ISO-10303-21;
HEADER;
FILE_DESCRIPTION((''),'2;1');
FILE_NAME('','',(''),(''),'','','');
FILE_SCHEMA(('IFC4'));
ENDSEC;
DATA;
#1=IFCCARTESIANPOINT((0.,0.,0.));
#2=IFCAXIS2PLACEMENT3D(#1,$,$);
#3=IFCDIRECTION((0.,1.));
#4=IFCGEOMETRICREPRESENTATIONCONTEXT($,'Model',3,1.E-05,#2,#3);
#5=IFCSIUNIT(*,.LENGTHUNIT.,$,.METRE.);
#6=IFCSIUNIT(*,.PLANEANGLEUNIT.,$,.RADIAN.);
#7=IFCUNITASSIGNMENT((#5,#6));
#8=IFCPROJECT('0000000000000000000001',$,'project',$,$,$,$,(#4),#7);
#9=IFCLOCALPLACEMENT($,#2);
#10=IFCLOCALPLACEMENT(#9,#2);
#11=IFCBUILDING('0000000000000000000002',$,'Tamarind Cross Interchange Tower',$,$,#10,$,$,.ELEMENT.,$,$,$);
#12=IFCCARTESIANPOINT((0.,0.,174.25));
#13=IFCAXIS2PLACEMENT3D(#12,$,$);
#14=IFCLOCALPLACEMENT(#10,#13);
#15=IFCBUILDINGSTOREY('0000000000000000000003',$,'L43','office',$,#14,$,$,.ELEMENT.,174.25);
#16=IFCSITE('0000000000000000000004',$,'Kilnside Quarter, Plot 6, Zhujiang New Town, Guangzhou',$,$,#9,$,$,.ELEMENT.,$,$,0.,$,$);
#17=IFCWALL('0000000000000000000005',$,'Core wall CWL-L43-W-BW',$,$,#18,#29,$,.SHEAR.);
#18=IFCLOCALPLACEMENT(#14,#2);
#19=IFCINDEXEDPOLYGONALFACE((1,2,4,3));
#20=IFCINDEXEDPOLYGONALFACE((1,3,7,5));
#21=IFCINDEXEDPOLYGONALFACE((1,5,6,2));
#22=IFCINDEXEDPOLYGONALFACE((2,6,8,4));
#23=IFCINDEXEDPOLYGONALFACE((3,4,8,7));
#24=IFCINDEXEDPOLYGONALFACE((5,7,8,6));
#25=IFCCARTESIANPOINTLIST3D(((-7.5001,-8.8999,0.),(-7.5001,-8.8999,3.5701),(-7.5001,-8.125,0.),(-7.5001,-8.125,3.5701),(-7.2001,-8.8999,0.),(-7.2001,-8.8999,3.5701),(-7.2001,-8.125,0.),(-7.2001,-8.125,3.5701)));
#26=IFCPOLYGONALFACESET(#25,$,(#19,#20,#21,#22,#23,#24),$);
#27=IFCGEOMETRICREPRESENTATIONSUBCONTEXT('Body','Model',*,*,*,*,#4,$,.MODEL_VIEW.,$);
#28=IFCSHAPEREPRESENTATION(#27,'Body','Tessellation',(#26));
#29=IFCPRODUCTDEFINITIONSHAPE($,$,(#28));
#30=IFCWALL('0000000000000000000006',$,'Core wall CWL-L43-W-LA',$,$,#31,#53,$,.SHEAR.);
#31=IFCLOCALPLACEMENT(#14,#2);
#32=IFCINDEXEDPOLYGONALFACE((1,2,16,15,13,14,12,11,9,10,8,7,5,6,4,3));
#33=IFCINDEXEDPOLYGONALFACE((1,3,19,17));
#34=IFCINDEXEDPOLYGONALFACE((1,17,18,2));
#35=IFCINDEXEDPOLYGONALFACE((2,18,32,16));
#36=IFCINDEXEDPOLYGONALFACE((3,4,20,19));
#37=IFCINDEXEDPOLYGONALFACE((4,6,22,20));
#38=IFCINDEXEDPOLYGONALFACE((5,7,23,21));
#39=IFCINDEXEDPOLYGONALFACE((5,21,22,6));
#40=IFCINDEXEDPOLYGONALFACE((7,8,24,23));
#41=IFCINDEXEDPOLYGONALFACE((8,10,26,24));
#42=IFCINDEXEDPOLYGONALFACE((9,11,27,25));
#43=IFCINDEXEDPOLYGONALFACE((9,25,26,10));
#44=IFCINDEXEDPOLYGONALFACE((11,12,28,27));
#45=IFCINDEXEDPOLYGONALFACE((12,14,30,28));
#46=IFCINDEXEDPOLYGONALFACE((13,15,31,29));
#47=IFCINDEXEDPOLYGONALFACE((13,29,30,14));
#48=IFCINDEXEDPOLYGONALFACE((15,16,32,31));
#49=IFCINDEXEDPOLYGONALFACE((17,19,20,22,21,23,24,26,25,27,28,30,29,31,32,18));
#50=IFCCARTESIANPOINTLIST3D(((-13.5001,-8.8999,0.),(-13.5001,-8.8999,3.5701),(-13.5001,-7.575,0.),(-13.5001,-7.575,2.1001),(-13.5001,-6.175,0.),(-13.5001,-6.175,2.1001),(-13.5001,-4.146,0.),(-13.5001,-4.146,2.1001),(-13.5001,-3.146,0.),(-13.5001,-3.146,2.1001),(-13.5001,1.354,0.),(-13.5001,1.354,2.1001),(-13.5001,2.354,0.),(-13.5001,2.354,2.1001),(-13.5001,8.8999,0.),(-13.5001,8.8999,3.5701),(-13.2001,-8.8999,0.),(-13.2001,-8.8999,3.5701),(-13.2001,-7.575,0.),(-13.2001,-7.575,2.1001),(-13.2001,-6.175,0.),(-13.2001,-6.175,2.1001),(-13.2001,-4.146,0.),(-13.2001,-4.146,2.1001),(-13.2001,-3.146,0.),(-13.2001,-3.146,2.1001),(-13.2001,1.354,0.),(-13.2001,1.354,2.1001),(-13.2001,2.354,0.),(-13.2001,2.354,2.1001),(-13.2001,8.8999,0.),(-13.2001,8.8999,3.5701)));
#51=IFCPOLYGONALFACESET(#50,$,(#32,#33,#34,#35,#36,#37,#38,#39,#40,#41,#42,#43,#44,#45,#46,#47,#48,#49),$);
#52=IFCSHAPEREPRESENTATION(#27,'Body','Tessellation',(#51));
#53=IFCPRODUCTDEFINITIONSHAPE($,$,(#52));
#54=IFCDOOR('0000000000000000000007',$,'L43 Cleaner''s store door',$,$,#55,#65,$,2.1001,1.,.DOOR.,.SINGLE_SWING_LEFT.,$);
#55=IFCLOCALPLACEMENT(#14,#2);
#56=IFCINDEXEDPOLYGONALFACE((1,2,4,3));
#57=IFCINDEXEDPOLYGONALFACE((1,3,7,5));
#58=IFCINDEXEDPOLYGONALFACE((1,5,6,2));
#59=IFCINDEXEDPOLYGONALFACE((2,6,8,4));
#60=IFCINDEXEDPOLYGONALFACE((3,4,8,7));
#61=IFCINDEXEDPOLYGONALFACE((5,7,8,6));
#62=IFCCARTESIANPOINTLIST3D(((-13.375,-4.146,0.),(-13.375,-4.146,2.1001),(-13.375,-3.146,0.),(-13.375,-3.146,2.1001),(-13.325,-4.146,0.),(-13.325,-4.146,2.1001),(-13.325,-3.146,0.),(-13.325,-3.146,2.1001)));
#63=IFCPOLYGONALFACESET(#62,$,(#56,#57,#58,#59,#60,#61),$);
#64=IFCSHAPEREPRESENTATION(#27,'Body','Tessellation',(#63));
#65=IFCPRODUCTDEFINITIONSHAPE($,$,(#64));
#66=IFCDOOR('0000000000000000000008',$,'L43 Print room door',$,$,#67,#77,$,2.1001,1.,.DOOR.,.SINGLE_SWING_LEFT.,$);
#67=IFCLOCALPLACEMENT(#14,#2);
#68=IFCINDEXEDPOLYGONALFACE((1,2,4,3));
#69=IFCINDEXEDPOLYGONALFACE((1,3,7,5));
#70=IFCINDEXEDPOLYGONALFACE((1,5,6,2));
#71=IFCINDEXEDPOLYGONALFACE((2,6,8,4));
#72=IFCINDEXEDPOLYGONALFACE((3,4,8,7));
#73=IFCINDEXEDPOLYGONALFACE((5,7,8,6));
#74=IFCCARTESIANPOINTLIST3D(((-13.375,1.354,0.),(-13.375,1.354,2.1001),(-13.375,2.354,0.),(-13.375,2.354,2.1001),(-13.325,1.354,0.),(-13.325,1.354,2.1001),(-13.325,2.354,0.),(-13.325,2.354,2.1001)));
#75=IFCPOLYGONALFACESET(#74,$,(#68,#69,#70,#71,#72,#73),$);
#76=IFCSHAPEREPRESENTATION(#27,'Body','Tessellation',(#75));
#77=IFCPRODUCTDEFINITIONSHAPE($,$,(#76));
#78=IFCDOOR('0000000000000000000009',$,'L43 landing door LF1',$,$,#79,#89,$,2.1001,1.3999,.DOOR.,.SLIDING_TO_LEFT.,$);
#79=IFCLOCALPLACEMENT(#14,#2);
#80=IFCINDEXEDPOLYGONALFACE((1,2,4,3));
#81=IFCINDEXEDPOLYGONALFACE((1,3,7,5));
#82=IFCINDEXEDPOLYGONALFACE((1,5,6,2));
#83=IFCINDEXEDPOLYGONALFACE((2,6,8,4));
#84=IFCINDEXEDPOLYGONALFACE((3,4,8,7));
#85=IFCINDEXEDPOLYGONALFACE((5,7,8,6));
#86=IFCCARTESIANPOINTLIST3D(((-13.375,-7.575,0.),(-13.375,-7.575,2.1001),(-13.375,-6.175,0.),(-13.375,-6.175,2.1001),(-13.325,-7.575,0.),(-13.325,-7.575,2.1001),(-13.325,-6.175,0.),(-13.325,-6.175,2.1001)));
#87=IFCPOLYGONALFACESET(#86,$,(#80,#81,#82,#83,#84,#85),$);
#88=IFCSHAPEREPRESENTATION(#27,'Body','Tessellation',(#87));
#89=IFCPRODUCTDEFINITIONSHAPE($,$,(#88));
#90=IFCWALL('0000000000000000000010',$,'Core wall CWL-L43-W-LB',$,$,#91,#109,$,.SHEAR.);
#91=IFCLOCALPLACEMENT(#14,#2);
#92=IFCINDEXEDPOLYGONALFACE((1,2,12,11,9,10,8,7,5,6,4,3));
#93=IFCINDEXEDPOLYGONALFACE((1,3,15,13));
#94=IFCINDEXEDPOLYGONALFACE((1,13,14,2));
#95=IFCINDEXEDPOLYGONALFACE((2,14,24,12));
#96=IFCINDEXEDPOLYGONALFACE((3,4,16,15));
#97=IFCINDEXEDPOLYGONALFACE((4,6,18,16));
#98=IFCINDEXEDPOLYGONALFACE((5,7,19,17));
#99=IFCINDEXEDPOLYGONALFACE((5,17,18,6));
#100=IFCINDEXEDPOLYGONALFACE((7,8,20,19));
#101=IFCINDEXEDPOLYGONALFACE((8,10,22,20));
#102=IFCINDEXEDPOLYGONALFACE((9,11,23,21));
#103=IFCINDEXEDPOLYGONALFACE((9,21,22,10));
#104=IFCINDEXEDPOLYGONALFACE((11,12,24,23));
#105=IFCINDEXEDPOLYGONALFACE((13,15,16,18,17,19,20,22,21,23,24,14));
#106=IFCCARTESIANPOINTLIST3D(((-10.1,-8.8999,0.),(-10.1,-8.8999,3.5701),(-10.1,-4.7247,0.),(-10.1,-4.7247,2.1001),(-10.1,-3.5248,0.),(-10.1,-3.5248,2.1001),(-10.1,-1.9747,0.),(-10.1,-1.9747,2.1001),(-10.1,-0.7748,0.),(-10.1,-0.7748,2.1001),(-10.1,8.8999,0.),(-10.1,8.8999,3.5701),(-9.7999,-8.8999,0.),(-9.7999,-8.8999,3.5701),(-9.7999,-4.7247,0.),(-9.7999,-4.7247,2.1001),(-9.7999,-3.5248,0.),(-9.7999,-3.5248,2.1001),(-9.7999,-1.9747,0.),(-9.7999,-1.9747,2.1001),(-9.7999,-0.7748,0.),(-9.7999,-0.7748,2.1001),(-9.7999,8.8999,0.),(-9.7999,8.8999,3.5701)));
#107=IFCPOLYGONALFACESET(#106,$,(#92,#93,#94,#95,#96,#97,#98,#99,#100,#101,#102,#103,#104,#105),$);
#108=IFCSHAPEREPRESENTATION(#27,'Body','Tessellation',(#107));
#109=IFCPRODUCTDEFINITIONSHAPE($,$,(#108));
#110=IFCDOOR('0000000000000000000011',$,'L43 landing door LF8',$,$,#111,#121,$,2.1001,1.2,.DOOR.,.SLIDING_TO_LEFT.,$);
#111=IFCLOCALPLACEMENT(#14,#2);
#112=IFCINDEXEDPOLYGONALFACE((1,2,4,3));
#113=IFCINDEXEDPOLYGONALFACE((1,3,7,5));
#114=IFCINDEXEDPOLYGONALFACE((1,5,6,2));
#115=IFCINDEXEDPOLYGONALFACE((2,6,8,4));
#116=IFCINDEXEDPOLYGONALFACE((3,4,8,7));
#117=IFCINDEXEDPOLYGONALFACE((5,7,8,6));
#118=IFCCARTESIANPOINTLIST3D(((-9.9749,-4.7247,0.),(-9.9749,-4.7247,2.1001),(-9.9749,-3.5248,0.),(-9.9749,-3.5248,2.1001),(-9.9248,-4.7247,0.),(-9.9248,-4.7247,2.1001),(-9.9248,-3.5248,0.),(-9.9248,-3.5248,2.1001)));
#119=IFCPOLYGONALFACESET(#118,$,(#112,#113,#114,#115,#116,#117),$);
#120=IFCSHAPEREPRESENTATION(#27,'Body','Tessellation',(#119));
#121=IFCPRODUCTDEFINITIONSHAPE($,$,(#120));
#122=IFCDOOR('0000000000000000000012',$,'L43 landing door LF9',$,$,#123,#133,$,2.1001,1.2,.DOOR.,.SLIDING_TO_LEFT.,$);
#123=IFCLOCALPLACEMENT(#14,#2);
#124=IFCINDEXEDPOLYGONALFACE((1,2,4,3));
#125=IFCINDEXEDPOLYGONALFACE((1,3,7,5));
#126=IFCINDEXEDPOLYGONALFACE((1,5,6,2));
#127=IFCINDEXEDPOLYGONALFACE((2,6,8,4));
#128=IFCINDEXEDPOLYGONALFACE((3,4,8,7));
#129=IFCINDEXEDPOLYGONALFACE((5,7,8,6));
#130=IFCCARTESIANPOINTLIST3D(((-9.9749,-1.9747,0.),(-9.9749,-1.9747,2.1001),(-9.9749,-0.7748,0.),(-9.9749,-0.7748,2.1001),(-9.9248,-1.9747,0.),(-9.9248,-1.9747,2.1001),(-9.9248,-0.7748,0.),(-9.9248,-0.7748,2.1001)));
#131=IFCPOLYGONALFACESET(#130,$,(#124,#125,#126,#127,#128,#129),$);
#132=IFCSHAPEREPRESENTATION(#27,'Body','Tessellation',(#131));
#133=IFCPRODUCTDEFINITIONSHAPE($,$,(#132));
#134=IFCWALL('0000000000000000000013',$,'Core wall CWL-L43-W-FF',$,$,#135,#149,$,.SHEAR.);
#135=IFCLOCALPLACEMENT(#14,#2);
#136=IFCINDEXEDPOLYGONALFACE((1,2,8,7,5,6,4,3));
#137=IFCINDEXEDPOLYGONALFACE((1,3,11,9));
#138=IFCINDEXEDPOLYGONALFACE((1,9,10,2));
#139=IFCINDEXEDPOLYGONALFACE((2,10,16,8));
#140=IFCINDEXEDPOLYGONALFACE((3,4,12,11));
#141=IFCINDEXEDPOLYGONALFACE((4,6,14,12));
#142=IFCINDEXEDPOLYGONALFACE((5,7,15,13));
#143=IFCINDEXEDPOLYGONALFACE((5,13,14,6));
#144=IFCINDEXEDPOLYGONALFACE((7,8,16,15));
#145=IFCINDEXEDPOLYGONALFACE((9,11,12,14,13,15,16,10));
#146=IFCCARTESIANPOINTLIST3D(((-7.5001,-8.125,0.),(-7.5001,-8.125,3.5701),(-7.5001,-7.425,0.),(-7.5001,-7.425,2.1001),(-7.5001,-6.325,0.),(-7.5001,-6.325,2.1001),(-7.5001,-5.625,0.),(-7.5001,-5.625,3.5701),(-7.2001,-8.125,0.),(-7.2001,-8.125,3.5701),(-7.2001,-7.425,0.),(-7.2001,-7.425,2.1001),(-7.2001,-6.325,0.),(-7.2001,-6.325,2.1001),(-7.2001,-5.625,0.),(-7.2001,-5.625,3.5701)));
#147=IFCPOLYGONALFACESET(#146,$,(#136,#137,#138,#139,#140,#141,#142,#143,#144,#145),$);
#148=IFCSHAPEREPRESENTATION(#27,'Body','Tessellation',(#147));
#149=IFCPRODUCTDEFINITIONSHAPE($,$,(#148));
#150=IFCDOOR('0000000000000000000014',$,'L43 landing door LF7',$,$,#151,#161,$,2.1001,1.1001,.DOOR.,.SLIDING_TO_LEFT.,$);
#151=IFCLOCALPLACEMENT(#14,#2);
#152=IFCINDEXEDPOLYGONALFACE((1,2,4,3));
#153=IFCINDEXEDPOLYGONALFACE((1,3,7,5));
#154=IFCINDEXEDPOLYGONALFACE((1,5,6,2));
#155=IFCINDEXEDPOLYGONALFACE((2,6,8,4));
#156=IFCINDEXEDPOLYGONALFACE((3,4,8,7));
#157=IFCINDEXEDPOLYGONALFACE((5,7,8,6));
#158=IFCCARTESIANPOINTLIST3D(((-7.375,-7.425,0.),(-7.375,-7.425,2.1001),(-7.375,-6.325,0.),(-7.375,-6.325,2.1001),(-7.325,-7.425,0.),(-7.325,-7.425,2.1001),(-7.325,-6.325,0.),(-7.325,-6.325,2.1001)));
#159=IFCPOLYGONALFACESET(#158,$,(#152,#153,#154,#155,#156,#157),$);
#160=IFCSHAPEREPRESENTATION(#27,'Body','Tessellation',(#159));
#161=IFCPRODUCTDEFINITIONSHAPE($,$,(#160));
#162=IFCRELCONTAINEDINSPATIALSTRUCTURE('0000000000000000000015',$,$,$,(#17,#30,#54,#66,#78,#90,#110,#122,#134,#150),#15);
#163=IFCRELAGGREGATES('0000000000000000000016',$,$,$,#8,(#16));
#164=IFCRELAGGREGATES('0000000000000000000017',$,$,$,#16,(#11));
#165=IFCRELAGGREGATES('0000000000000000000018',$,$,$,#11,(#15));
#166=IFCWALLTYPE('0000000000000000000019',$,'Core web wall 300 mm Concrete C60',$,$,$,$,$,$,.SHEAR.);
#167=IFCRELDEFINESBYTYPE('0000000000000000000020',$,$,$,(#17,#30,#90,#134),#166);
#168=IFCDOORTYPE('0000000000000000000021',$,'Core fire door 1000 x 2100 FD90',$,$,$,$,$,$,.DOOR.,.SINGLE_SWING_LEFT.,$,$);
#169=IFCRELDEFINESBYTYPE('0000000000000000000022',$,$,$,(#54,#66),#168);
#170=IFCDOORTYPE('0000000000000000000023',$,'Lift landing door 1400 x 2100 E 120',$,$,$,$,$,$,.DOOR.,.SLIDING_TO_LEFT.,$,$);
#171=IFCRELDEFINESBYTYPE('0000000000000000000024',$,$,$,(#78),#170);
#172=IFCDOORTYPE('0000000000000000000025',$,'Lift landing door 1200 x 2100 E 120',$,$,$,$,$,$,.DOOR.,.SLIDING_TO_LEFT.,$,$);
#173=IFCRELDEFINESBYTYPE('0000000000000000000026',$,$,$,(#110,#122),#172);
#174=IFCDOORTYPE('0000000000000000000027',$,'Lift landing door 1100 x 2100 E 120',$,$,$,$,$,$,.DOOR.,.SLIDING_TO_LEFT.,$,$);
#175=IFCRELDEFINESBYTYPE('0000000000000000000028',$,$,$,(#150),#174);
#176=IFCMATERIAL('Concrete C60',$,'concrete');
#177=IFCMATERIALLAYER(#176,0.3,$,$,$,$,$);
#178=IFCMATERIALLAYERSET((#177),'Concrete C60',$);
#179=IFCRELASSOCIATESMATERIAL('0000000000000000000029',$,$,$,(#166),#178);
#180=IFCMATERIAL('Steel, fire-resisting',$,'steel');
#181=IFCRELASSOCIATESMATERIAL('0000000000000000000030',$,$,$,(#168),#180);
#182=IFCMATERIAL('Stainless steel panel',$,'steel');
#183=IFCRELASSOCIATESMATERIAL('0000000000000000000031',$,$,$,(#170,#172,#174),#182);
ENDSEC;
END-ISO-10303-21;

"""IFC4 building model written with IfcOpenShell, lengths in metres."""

from ifc_helpers import new_model, si_unit, direction, frame, frame_2d, origin, place, context, subcontext, project, spatial, rectangle, extrude, material, layer, layer_set, type_object, element, fill, save


model = new_model("IFC4")

# Units and contexts
model_context = context("Model", 3, precision=1e-05, world=origin(), true_north=direction((0.0, 1.0)))
body_context = subcontext(model_context, "Body", "Model", "MODEL_VIEW")
ifc_project = project(units=[si_unit("LENGTHUNIT", "METRE"), si_unit("PLANEANGLEUNIT", "RADIAN")], contexts=[model_context])

# Site, building, storey
site_placement = place(None, origin())
site = spatial("IfcSite", under=ifc_project, at=site_placement, Name="Kilnside Quarter, Plot 6, Zhujiang New Town, Guangzhou", CompositionType="ELEMENT", RefElevation=0.0)
building_placement = place(site_placement, origin())
building = spatial("IfcBuilding", under=site, at=building_placement, Name="Tamarind Cross Interchange Tower", CompositionType="ELEMENT")
storey_placement = place(building_placement, frame((0.0, 0.0, 174.25)))
storey = spatial("IfcBuildingStorey", under=building, at=storey_placement, Name="L43", Description="office", CompositionType="ELEMENT", Elevation=174.25)

# Wall
ifc_material_1 = material(Name="Concrete C60", Category="concrete")
ifc_layer_1 = layer(ifc_material_1, 0.3)
ifc_layer_set_1 = layer_set([ifc_layer_1], Name="Concrete C60")
wall_type_1 = type_object("IfcWallType", Name="Core web wall 300 mm Concrete C60", PredefinedType="SHEAR", material=ifc_layer_set_1)
wall_1_placement = place(storey_placement, frame((-7.3501, -8.8999, 0.0), z_axis=(0.0, 0.0, 1.0), x_axis=(0.0, 1.0, 0.0)))
element("IfcWall", 1, at=wall_1_placement, inside=storey, type_object=wall_type_1, Name="Core wall CWL-L43-W-BW", PredefinedType="SHEAR", context=body_context, shape_type="SweptSolid", body=[
    extrude(rectangle(XDim=0.7749, YDim=0.3, at=frame_2d((0.3875, 0.0))), origin(), (0.0, 0.0, 1.0), 3.5701),
])

# Walls, openings, doors
wall_2_placement = place(storey_placement, frame((-13.3501, -8.8999, 0.0), z_axis=(0.0, 0.0, 1.0), x_axis=(0.0, 1.0, 0.0)))
wall_2 = element("IfcWall", 2, at=wall_2_placement, inside=storey, type_object=wall_type_1, Name="Core wall CWL-L43-W-LA", PredefinedType="SHEAR", context=body_context, shape_type="SweptSolid", body=[
    extrude(rectangle(XDim=17.7998, YDim=0.3, at=frame_2d((8.8999, 0.0))), origin(), (0.0, 0.0, 1.0), 3.5701),
])
opening_1_placement = place(wall_2_placement, frame((1.325, 0.0, 0.0)))
opening_1 = element("IfcOpeningElement", 3, at=opening_1_placement, cuts=wall_2, PredefinedType="OPENING", context=body_context, shape_type="SweptSolid", body=[
    extrude(rectangle(XDim=1.3999, YDim=2.1001, at=frame_2d((0.7, 1.05))), frame((0.0, 0.1599, 0.0), z_axis=(0.0, -1.0, 0.0), x_axis=(1.0, 0.0, 0.0)), (0.0, 0.0, 1.0), 0.3201),
])
opening_2_placement = place(wall_2_placement, frame((4.7539, 0.0, 0.0)))
opening_2 = element("IfcOpeningElement", 4, at=opening_2_placement, cuts=wall_2, PredefinedType="OPENING", context=body_context, shape_type="SweptSolid", body=[
    extrude(rectangle(XDim=1.0, YDim=2.1001, at=frame_2d((0.5, 1.05))), frame((0.0, 0.1599, 0.0), z_axis=(0.0, -1.0, 0.0), x_axis=(1.0, 0.0, 0.0)), (0.0, 0.0, 1.0), 0.3201),
])
opening_3_placement = place(wall_2_placement, frame((10.2539, 0.0, 0.0)))
opening_3 = element("IfcOpeningElement", 5, at=opening_3_placement, cuts=wall_2, PredefinedType="OPENING", context=body_context, shape_type="SweptSolid", body=[
    extrude(rectangle(XDim=1.0, YDim=2.1001, at=frame_2d((0.5, 1.05))), frame((0.0, 0.1599, 0.0), z_axis=(0.0, -1.0, 0.0), x_axis=(1.0, 0.0, 0.0)), (0.0, 0.0, 1.0), 0.3201),
])
ifc_material_2 = material(Name="Steel, fire-resisting", Category="steel")
door_type_1 = type_object("IfcDoorType", Name="Core fire door 1000 x 2100 FD90", OperationType="SINGLE_SWING_LEFT", PredefinedType="DOOR", material=ifc_material_2)
door_1_placement = place(opening_2_placement, origin())
door_1 = element("IfcDoor", 6, at=door_1_placement, inside=storey, type_object=door_type_1, Name="L43 Cleaner's store door", OperationType="SINGLE_SWING_LEFT", OverallHeight=2.1001, OverallWidth=1.0, PredefinedType="DOOR", context=body_context, shape_type="SweptSolid", body=[
    extrude(rectangle(XDim=1.0, YDim=2.1001, at=frame_2d((0.5, 1.05))), frame((0.0, 0.0249, 0.0), z_axis=(0.0, -1.0, 0.0), x_axis=(1.0, 0.0, 0.0)), (0.0, 0.0, 1.0), 0.05),
])
fill(opening_2, door_1)
door_2_placement = place(opening_3_placement, origin())
door_2 = element("IfcDoor", 7, at=door_2_placement, inside=storey, type_object=door_type_1, Name="L43 Print room door", OperationType="SINGLE_SWING_LEFT", OverallHeight=2.1001, OverallWidth=1.0, PredefinedType="DOOR", context=body_context, shape_type="SweptSolid", body=[
    extrude(rectangle(XDim=1.0, YDim=2.1001, at=frame_2d((0.5, 1.05))), frame((0.0, 0.0249, 0.0), z_axis=(0.0, -1.0, 0.0), x_axis=(1.0, 0.0, 0.0)), (0.0, 0.0, 1.0), 0.05),
])
fill(opening_3, door_2)
ifc_material_3 = material(Name="Stainless steel panel", Category="steel")
door_type_2 = type_object("IfcDoorType", Name="Lift landing door 1400 x 2100 E 120", OperationType="SLIDING_TO_LEFT", PredefinedType="DOOR", material=ifc_material_3)
door_3_placement = place(opening_1_placement, origin())
door_3 = element("IfcDoor", 8, at=door_3_placement, inside=storey, type_object=door_type_2, Name="L43 landing door LF1", OperationType="SLIDING_TO_LEFT", OverallHeight=2.1001, OverallWidth=1.3999, PredefinedType="DOOR", context=body_context, shape_type="SweptSolid", body=[
    extrude(rectangle(XDim=1.3999, YDim=2.1001, at=frame_2d((0.7, 1.05))), frame((0.0, 0.0249, 0.0), z_axis=(0.0, -1.0, 0.0), x_axis=(1.0, 0.0, 0.0)), (0.0, 0.0, 1.0), 0.05),
])
fill(opening_1, door_3)
wall_3_placement = place(storey_placement, frame((-9.95, -8.8999, 0.0), z_axis=(0.0, 0.0, 1.0), x_axis=(0.0, 1.0, 0.0)))
wall_3 = element("IfcWall", 9, at=wall_3_placement, inside=storey, type_object=wall_type_1, Name="Core wall CWL-L43-W-LB", PredefinedType="SHEAR", context=body_context, shape_type="SweptSolid", body=[
    extrude(rectangle(XDim=17.7998, YDim=0.3, at=frame_2d((8.8999, 0.0))), origin(), (0.0, 0.0, 1.0), 3.5701),
])
opening_4_placement = place(wall_3_placement, frame((4.175, 0.0, 0.0)))
opening_4 = element("IfcOpeningElement", 10, at=opening_4_placement, cuts=wall_3, PredefinedType="OPENING", context=body_context, shape_type="SweptSolid", body=[
    extrude(rectangle(XDim=1.2, YDim=2.1001, at=frame_2d((0.6001, 1.05))), frame((0.0, 0.1599, 0.0), z_axis=(0.0, -1.0, 0.0), x_axis=(1.0, 0.0, 0.0)), (0.0, 0.0, 1.0), 0.3201),
])
opening_5_placement = place(wall_3_placement, frame((6.925, 0.0, 0.0)))
opening_5 = element("IfcOpeningElement", 11, at=opening_5_placement, cuts=wall_3, PredefinedType="OPENING", context=body_context, shape_type="SweptSolid", body=[
    extrude(rectangle(XDim=1.2, YDim=2.1001, at=frame_2d((0.6001, 1.05))), frame((0.0, 0.1599, 0.0), z_axis=(0.0, -1.0, 0.0), x_axis=(1.0, 0.0, 0.0)), (0.0, 0.0, 1.0), 0.3201),
])
door_type_3 = type_object("IfcDoorType", Name="Lift landing door 1200 x 2100 E 120", OperationType="SLIDING_TO_LEFT", PredefinedType="DOOR", material=ifc_material_3)
door_4_placement = place(opening_4_placement, origin())
door_4 = element("IfcDoor", 12, at=door_4_placement, inside=storey, type_object=door_type_3, Name="L43 landing door LF8", OperationType="SLIDING_TO_LEFT", OverallHeight=2.1001, OverallWidth=1.2, PredefinedType="DOOR", context=body_context, shape_type="SweptSolid", body=[
    extrude(rectangle(XDim=1.2, YDim=2.1001, at=frame_2d((0.6001, 1.05))), frame((0.0, 0.0249, 0.0), z_axis=(0.0, -1.0, 0.0), x_axis=(1.0, 0.0, 0.0)), (0.0, 0.0, 1.0), 0.05),
])
fill(opening_4, door_4)
door_5_placement = place(opening_5_placement, origin())
door_5 = element("IfcDoor", 13, at=door_5_placement, inside=storey, type_object=door_type_3, Name="L43 landing door LF9", OperationType="SLIDING_TO_LEFT", OverallHeight=2.1001, OverallWidth=1.2, PredefinedType="DOOR", context=body_context, shape_type="SweptSolid", body=[
    extrude(rectangle(XDim=1.2, YDim=2.1001, at=frame_2d((0.6001, 1.05))), frame((0.0, 0.0249, 0.0), z_axis=(0.0, -1.0, 0.0), x_axis=(1.0, 0.0, 0.0)), (0.0, 0.0, 1.0), 0.05),
])
fill(opening_5, door_5)

# Wall, opening, door
wall_4_placement = place(storey_placement, frame((-7.3501, -8.125, 0.0), z_axis=(0.0, 0.0, 1.0), x_axis=(0.0, 1.0, 0.0)))
wall_4 = element("IfcWall", 14, at=wall_4_placement, inside=storey, type_object=wall_type_1, Name="Core wall CWL-L43-W-FF", PredefinedType="SHEAR", context=body_context, shape_type="SweptSolid", body=[
    extrude(rectangle(XDim=2.5, YDim=0.3, at=frame_2d((1.25, 0.0))), origin(), (0.0, 0.0, 1.0), 3.5701),
])
opening_6_placement = place(wall_4_placement, frame((0.7, 0.0, 0.0)))
opening_6 = element("IfcOpeningElement", 15, at=opening_6_placement, cuts=wall_4, PredefinedType="OPENING", context=body_context, shape_type="SweptSolid", body=[
    extrude(rectangle(XDim=1.1001, YDim=2.1001, at=frame_2d((0.55, 1.05))), frame((0.0, 0.1599, 0.0), z_axis=(0.0, -1.0, 0.0), x_axis=(1.0, 0.0, 0.0)), (0.0, 0.0, 1.0), 0.3201),
])
door_type_4 = type_object("IfcDoorType", Name="Lift landing door 1100 x 2100 E 120", OperationType="SLIDING_TO_LEFT", PredefinedType="DOOR", material=ifc_material_3)
door_6_placement = place(opening_6_placement, origin())
door_6 = element("IfcDoor", 16, at=door_6_placement, inside=storey, type_object=door_type_4, Name="L43 landing door LF7", OperationType="SLIDING_TO_LEFT", OverallHeight=2.1001, OverallWidth=1.1001, PredefinedType="DOOR", context=body_context, shape_type="SweptSolid", body=[
    extrude(rectangle(XDim=1.1001, YDim=2.1001, at=frame_2d((0.55, 1.05))), frame((0.0, 0.0249, 0.0), z_axis=(0.0, -1.0, 0.0), x_axis=(1.0, 0.0, 0.0)), (0.0, 0.0, 1.0), 0.05),
])
fill(opening_6, door_6)

save(model, "model.ifc")
